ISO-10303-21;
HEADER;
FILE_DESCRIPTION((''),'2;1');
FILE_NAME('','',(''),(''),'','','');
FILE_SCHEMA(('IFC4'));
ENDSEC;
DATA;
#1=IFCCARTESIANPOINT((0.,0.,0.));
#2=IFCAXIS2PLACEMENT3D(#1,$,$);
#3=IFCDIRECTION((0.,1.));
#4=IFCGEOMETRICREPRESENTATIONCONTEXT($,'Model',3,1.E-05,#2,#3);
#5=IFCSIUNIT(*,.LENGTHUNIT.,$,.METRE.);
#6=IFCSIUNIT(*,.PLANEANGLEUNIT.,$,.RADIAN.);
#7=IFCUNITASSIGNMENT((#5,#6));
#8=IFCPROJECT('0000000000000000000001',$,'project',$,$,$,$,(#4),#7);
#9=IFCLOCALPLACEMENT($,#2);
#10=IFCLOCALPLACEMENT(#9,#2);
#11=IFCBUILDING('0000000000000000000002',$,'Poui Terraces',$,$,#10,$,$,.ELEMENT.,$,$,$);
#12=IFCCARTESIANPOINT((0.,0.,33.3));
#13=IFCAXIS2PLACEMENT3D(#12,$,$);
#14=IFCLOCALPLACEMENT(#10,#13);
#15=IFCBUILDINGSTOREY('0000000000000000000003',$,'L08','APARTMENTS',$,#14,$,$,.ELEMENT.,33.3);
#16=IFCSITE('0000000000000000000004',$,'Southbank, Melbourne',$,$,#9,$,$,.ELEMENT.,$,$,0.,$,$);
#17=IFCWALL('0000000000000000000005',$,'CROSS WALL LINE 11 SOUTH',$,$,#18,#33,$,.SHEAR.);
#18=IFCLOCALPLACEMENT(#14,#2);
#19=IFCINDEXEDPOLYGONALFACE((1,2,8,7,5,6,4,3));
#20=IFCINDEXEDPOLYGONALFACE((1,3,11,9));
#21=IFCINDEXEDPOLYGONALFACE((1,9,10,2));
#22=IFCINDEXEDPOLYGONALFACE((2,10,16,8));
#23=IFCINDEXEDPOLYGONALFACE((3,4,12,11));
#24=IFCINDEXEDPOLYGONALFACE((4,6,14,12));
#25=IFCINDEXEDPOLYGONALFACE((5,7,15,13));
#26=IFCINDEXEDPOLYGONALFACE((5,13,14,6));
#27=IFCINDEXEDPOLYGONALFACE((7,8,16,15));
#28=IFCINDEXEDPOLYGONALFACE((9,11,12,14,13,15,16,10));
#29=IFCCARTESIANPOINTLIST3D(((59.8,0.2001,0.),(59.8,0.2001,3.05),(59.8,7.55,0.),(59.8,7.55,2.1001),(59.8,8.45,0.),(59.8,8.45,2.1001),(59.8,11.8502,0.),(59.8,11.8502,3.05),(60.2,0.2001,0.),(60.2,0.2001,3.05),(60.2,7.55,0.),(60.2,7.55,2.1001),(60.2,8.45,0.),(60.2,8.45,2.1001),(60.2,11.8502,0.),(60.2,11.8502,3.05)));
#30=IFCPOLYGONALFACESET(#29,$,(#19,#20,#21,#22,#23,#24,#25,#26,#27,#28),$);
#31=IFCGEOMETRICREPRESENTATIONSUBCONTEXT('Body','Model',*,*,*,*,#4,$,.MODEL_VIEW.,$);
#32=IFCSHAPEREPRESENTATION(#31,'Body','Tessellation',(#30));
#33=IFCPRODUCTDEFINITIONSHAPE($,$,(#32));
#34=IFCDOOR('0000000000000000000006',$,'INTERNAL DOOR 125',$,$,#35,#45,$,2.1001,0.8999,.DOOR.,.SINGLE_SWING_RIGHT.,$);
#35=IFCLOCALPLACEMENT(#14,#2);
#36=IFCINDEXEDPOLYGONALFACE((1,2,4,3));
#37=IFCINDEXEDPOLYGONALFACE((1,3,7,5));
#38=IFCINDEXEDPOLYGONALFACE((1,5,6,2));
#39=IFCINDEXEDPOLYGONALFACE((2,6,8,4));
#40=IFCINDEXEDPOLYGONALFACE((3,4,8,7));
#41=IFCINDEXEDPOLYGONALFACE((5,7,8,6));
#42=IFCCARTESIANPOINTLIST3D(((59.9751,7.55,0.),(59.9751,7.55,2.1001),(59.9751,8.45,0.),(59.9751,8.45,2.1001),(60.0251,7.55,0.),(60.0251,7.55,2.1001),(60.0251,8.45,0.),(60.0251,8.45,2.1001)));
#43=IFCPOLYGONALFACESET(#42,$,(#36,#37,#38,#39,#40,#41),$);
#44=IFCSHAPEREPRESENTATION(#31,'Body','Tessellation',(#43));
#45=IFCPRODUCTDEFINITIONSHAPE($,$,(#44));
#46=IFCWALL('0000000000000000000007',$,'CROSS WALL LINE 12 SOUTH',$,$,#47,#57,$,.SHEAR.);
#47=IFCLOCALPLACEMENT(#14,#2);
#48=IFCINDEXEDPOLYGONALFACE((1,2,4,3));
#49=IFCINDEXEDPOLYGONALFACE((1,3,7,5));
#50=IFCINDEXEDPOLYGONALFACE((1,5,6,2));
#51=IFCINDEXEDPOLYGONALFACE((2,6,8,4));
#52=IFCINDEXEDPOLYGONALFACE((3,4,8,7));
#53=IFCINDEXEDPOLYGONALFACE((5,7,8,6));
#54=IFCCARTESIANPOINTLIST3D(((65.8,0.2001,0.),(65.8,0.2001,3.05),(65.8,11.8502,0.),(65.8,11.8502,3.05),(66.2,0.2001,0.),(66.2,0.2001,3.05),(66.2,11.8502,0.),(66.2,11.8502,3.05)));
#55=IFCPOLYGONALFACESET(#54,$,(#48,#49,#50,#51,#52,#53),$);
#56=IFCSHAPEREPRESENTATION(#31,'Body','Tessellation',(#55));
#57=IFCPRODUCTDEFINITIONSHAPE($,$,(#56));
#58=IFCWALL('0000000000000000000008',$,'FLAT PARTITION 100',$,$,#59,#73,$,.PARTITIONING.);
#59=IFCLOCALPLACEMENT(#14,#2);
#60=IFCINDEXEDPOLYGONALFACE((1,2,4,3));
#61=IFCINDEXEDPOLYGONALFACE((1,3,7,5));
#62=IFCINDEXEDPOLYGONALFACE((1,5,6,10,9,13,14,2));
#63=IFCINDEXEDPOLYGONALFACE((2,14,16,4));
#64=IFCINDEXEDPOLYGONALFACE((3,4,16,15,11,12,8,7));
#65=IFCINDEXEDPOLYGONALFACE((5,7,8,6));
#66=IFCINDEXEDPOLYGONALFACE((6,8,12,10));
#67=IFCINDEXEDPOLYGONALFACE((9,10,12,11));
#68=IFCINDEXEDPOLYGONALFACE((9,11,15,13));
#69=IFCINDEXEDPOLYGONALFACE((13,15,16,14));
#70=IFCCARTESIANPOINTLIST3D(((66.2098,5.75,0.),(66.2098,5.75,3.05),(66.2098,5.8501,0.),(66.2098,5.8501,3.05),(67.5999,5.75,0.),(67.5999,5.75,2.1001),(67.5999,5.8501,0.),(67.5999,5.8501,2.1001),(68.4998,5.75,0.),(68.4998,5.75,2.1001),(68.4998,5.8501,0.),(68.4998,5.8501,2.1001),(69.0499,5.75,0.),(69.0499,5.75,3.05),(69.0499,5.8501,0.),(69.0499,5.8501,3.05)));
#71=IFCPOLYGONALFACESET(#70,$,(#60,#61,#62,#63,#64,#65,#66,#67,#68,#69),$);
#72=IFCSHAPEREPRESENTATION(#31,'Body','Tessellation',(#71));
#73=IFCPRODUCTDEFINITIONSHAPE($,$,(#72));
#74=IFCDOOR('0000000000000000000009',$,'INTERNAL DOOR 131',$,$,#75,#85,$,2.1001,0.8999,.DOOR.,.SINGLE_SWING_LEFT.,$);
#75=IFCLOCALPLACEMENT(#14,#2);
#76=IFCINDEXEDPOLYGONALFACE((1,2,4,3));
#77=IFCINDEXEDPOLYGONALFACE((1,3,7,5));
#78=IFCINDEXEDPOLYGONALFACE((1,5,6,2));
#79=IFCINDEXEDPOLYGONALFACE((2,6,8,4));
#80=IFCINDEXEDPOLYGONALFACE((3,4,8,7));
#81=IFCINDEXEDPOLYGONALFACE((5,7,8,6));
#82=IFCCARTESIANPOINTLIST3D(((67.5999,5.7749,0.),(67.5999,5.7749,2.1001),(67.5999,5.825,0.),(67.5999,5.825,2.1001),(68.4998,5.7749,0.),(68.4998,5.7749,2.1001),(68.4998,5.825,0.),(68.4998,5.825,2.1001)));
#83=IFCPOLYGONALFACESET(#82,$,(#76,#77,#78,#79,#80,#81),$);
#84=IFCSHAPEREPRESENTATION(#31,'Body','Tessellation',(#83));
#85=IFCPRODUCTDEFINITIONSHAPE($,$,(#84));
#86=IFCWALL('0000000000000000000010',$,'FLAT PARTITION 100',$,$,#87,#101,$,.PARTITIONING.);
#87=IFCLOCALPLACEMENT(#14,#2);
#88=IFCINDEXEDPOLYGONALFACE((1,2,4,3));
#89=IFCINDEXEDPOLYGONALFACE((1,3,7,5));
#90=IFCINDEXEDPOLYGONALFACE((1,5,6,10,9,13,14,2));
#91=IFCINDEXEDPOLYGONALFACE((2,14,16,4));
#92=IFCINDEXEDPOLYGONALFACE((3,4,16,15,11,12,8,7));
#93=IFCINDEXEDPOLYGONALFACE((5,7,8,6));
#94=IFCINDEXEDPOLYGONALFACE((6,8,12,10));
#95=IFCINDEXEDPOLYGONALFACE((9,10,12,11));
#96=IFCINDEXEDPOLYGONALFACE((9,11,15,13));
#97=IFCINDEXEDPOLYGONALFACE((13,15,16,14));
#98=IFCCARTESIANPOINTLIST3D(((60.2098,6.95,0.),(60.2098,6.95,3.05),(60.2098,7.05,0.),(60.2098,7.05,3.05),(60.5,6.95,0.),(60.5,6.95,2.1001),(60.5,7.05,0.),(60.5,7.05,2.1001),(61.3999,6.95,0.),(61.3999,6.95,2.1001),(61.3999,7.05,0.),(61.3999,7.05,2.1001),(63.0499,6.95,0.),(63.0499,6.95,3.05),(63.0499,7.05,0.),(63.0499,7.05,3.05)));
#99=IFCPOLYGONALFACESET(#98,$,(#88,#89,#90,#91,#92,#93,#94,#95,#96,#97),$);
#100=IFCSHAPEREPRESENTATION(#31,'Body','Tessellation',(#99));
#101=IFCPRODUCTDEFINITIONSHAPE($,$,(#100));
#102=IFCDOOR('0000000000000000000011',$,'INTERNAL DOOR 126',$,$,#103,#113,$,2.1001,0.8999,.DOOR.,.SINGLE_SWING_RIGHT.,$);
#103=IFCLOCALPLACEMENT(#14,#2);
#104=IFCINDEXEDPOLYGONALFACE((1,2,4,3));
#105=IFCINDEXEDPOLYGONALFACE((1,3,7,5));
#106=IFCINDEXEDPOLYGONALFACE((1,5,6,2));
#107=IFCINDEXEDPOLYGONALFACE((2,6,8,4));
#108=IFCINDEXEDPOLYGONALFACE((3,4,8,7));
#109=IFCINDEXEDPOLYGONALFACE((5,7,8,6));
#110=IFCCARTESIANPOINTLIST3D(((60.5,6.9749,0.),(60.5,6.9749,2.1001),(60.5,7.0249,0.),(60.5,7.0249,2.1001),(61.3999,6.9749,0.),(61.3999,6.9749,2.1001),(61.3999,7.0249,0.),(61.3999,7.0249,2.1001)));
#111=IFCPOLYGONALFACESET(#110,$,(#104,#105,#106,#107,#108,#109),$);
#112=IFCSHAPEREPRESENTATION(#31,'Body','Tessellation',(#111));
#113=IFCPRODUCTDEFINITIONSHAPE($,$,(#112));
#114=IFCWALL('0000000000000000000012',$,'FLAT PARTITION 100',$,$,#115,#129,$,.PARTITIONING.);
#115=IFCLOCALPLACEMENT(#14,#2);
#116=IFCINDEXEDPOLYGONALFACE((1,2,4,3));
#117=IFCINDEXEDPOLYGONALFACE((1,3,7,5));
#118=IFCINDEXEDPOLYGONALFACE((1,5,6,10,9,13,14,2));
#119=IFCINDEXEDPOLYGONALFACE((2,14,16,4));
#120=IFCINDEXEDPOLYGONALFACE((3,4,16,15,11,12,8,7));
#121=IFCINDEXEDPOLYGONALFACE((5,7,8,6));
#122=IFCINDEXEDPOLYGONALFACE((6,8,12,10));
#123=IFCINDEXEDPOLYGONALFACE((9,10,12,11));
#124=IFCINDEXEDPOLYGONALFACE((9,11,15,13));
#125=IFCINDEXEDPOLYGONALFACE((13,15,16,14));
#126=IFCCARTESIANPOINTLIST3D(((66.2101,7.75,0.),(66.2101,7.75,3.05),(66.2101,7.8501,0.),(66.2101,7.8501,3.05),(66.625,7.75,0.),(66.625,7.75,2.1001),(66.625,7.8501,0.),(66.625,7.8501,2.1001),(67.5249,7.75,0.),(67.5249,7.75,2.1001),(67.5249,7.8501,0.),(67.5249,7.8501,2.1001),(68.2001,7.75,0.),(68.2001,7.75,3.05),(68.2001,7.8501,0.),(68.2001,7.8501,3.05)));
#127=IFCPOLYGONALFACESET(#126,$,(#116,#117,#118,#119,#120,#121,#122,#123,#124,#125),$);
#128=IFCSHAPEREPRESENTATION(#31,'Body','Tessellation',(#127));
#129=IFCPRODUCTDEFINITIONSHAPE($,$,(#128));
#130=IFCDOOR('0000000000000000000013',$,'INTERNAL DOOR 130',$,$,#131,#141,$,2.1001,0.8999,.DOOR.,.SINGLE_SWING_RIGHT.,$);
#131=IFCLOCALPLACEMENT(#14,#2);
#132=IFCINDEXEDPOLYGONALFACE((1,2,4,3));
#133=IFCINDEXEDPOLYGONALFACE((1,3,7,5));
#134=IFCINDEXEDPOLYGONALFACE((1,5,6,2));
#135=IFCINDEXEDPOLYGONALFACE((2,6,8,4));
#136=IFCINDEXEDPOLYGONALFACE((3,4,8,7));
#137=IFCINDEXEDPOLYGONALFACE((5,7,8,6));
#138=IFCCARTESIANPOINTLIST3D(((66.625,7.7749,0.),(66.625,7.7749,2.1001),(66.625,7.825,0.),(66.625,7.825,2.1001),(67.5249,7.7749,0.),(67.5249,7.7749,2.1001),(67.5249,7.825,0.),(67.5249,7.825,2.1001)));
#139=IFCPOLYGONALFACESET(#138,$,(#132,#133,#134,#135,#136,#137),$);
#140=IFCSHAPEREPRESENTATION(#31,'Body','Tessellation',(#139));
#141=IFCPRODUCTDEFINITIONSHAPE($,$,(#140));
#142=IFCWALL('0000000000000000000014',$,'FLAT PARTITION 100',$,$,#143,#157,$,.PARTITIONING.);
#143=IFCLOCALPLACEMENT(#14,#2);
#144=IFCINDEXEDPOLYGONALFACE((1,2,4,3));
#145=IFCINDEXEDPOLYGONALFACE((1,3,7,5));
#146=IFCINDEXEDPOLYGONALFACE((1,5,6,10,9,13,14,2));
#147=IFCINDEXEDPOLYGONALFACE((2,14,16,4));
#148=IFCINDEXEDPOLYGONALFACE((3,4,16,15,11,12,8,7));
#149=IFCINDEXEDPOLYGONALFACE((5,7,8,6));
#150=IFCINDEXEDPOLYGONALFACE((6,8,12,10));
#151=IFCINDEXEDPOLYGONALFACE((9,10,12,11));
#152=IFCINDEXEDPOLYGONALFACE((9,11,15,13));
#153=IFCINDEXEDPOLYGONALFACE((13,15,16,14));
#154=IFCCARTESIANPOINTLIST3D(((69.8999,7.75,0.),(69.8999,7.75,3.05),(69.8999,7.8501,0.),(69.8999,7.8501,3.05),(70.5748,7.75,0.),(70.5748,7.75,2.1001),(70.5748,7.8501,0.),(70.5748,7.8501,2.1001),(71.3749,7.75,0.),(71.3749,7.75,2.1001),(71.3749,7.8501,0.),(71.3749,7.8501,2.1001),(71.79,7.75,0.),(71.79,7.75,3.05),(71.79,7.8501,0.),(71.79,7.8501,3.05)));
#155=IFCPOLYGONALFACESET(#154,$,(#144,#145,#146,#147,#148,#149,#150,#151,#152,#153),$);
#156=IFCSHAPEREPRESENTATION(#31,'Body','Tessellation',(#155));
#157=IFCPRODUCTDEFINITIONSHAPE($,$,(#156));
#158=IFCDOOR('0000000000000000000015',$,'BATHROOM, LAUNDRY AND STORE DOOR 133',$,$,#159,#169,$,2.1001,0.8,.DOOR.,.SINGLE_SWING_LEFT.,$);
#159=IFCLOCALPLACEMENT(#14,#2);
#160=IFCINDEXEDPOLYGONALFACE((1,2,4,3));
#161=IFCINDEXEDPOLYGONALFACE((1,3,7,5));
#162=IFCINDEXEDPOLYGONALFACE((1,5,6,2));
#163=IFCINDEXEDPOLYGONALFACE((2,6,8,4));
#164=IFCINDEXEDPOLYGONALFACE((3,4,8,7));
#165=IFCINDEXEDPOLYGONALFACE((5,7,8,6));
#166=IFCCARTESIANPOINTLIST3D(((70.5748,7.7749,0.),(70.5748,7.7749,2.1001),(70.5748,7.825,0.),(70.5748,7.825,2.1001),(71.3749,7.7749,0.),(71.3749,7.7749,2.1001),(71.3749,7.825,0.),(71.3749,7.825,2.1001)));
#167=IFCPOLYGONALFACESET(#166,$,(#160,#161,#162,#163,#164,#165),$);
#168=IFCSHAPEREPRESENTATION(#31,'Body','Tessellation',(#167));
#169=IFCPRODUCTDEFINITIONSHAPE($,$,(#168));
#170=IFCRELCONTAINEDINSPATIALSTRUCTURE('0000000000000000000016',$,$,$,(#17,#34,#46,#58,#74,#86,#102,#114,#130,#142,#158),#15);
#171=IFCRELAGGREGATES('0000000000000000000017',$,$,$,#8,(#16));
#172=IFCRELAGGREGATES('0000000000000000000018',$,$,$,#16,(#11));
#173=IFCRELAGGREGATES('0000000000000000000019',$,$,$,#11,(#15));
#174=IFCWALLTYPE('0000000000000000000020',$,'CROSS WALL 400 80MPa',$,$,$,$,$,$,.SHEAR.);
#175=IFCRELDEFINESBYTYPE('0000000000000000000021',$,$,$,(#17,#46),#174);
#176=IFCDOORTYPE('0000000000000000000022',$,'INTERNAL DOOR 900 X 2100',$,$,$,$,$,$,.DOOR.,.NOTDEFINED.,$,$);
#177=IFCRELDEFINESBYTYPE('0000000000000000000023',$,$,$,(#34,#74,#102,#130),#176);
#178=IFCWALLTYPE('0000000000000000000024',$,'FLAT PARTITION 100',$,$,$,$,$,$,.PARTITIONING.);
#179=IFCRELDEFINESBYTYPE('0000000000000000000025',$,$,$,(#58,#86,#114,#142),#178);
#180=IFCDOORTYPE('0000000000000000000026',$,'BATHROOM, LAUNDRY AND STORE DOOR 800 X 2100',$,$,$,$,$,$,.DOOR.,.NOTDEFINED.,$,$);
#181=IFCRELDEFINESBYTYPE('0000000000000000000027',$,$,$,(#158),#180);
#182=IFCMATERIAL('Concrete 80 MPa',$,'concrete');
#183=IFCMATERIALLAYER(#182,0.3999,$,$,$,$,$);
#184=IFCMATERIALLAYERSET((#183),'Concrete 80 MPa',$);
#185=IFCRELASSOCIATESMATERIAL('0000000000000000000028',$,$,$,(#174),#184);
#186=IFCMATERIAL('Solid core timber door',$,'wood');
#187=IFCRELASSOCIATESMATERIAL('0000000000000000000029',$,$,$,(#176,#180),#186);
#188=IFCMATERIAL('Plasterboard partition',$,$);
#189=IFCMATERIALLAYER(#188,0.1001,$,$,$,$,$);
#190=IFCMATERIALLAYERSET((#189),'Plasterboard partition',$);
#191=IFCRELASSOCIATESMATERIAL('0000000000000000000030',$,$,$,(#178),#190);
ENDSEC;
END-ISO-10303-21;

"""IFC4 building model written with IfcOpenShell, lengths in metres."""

from ifc_helpers import new_model, si_unit, direction, frame, frame_2d, origin, place, context, subcontext, project, spatial, rectangle, extrude, material, layer, layer_set, type_object, element, fill, save


model = new_model("IFC4")

# Units and contexts
model_context = context("Model", 3, precision=1e-05, world=origin(), true_north=direction((0.0, 1.0)))
body_context = subcontext(model_context, "Body", "Model", "MODEL_VIEW")
ifc_project = project(units=[si_unit("LENGTHUNIT", "METRE"), si_unit("PLANEANGLEUNIT", "RADIAN")], contexts=[model_context])

# Site, building, storey
site_placement = place(None, origin())
site = spatial("IfcSite", under=ifc_project, at=site_placement, Name="Southbank, Melbourne", CompositionType="ELEMENT", RefElevation=0.0)
building_placement = place(site_placement, origin())
building = spatial("IfcBuilding", under=site, at=building_placement, Name="Poui Terraces", CompositionType="ELEMENT")
storey_placement = place(building_placement, frame((0.0, 0.0, 33.3)))
storey = spatial("IfcBuildingStorey", under=building, at=storey_placement, Name="L08", Description="APARTMENTS", CompositionType="ELEMENT", Elevation=33.3)

# Wall, opening, door
ifc_material_1 = material(Name="Concrete 80 MPa", Category="concrete")
ifc_layer_1 = layer(ifc_material_1, 0.3999)
ifc_layer_set_1 = layer_set([ifc_layer_1], Name="Concrete 80 MPa")
wall_type_1 = type_object("IfcWallType", Name="CROSS WALL 400 80MPa", PredefinedType="SHEAR", material=ifc_layer_set_1)
wall_1_placement = place(storey_placement, frame((60.0, 0.2, 0.0), z_axis=(0.0, 0.0, 1.0), x_axis=(0.0, 1.0, 0.0)))
wall_1 = element("IfcWall", 1, at=wall_1_placement, inside=storey, type_object=wall_type_1, Name="CROSS WALL LINE 11 SOUTH", PredefinedType="SHEAR", context=body_context, shape_type="SweptSolid", body=[
    extrude(rectangle(XDim=11.6501, YDim=0.3999, at=frame_2d((5.8252, 0.0))), origin(), (0.0, 0.0, 1.0), 3.05),
])
opening_1_placement = place(wall_1_placement, frame((7.3501, 0.0, 0.0)))
opening_1 = element("IfcOpeningElement", 2, at=opening_1_placement, cuts=wall_1, PredefinedType="OPENING", context=body_context, shape_type="SweptSolid", body=[
    extrude(rectangle(XDim=0.8999, YDim=2.1001, at=frame_2d((0.45, 1.05))), frame((0.0, 0.21, 0.0), z_axis=(0.0, -1.0, 0.0), x_axis=(1.0, 0.0, 0.0)), (0.0, 0.0, 1.0), 0.4199),
])
ifc_material_2 = material(Name="Solid core timber door", Category="wood")
door_type_1 = type_object("IfcDoorType", Name="INTERNAL DOOR 900 X 2100", OperationType="NOTDEFINED", PredefinedType="DOOR", material=ifc_material_2)
door_1_placement = place(opening_1_placement, origin())
door_1 = element("IfcDoor", 3, at=door_1_placement, inside=storey, type_object=door_type_1, Name="INTERNAL DOOR 125", OperationType="SINGLE_SWING_RIGHT", OverallHeight=2.1001, OverallWidth=0.8999, PredefinedType="DOOR", context=body_context, shape_type="SweptSolid", body=[
    extrude(rectangle(XDim=0.8999, YDim=2.1001, at=frame_2d((0.45, 1.05))), frame((0.0, 0.0249, 0.0), z_axis=(0.0, -1.0, 0.0), x_axis=(1.0, 0.0, 0.0)), (0.0, 0.0, 1.0), 0.05),
])
fill(opening_1, door_1)

# Wall
wall_2_placement = place(storey_placement, frame((66.0, 0.2, 0.0), z_axis=(0.0, 0.0, 1.0), x_axis=(0.0, 1.0, 0.0)))
element("IfcWall", 4, at=wall_2_placement, inside=storey, type_object=wall_type_1, Name="CROSS WALL LINE 12 SOUTH", PredefinedType="SHEAR", context=body_context, shape_type="SweptSolid", body=[
    extrude(rectangle(XDim=11.6501, YDim=0.3999, at=frame_2d((5.8252, 0.0))), origin(), (0.0, 0.0, 1.0), 3.05),
])

# Walls, openings, doors
ifc_material_3 = material(Name="Plasterboard partition")
ifc_layer_2 = layer(ifc_material_3, 0.1001)
ifc_layer_set_2 = layer_set([ifc_layer_2], Name="Plasterboard partition")
wall_type_2 = type_object("IfcWallType", Name="FLAT PARTITION 100", PredefinedType="PARTITIONING", material=ifc_layer_set_2)
wall_3_placement = place(storey_placement, frame((66.21, 5.8, 0.0), z_axis=(0.0, 0.0, 1.0), x_axis=(1.0, 0.0, 0.0)))
wall_3 = element("IfcWall", 5, at=wall_3_placement, inside=storey, type_object=wall_type_2, Name="FLAT PARTITION 100", PredefinedType="PARTITIONING", context=body_context, shape_type="SweptSolid", body=[
    extrude(rectangle(XDim=2.8401, YDim=0.1001, at=frame_2d((1.4199, 0.0))), origin(), (0.0, 0.0, 1.0), 3.05),
])
opening_2_placement = place(wall_3_placement, frame((1.3899, 0.0, 0.0)))
opening_2 = element("IfcOpeningElement", 6, at=opening_2_placement, cuts=wall_3, PredefinedType="OPENING", context=body_context, shape_type="SweptSolid", body=[
    extrude(rectangle(XDim=0.8999, YDim=2.1001, at=frame_2d((0.45, 1.05))), frame((0.0, 0.0601, 0.0), z_axis=(0.0, -1.0, 0.0), x_axis=(1.0, 0.0, 0.0)), (0.0, 0.0, 1.0), 0.1201),
])
door_2_placement = place(opening_2_placement, origin())
door_2 = element("IfcDoor", 7, at=door_2_placement, inside=storey, type_object=door_type_1, Name="INTERNAL DOOR 131", OperationType="SINGLE_SWING_LEFT", OverallHeight=2.1001, OverallWidth=0.8999, PredefinedType="DOOR", context=body_context, shape_type="SweptSolid", body=[
    extrude(rectangle(XDim=0.8999, YDim=2.1001, at=frame_2d((0.45, 1.05))), frame((0.0, 0.0249, 0.0), z_axis=(0.0, -1.0, 0.0), x_axis=(1.0, 0.0, 0.0)), (0.0, 0.0, 1.0), 0.05),
])
fill(opening_2, door_2)
wall_4_placement = place(storey_placement, frame((60.21, 7.0, 0.0), z_axis=(0.0, 0.0, 1.0), x_axis=(1.0, 0.0, 0.0)))
wall_4 = element("IfcWall", 8, at=wall_4_placement, inside=storey, type_object=wall_type_2, Name="FLAT PARTITION 100", PredefinedType="PARTITIONING", context=body_context, shape_type="SweptSolid", body=[
    extrude(rectangle(XDim=2.8401, YDim=0.1001, at=frame_2d((1.4199, 0.0))), origin(), (0.0, 0.0, 1.0), 3.05),
])
opening_3_placement = place(wall_4_placement, frame((0.29, 0.0, 0.0)))
opening_3 = element("IfcOpeningElement", 9, at=opening_3_placement, cuts=wall_4, PredefinedType="OPENING", context=body_context, shape_type="SweptSolid", body=[
    extrude(rectangle(XDim=0.8999, YDim=2.1001, at=frame_2d((0.45, 1.05))), frame((0.0, 0.0601, 0.0), z_axis=(0.0, -1.0, 0.0), x_axis=(1.0, 0.0, 0.0)), (0.0, 0.0, 1.0), 0.1201),
])
door_3_placement = place(opening_3_placement, origin())
door_3 = element("IfcDoor", 10, at=door_3_placement, inside=storey, type_object=door_type_1, Name="INTERNAL DOOR 126", OperationType="SINGLE_SWING_RIGHT", OverallHeight=2.1001, OverallWidth=0.8999, PredefinedType="DOOR", context=body_context, shape_type="SweptSolid", body=[
    extrude(rectangle(XDim=0.8999, YDim=2.1001, at=frame_2d((0.45, 1.05))), frame((0.0, 0.0249, 0.0), z_axis=(0.0, -1.0, 0.0), x_axis=(1.0, 0.0, 0.0)), (0.0, 0.0, 1.0), 0.05),
])
fill(opening_3, door_3)
wall_5_placement = place(storey_placement, frame((66.21, 7.8, 0.0), z_axis=(0.0, 0.0, 1.0), x_axis=(1.0, 0.0, 0.0)))
wall_5 = element("IfcWall", 11, at=wall_5_placement, inside=storey, type_object=wall_type_2, Name="FLAT PARTITION 100", PredefinedType="PARTITIONING", context=body_context, shape_type="SweptSolid", body=[
    extrude(rectangle(XDim=1.99, YDim=0.1001, at=frame_2d((0.9951, 0.0))), origin(), (0.0, 0.0, 1.0), 3.05),
])
opening_4_placement = place(wall_5_placement, frame((0.415, 0.0, 0.0)))
opening_4 = element("IfcOpeningElement", 12, at=opening_4_placement, cuts=wall_5, PredefinedType="OPENING", context=body_context, shape_type="SweptSolid", body=[
    extrude(rectangle(XDim=0.8999, YDim=2.1001, at=frame_2d((0.45, 1.05))), frame((0.0, 0.0601, 0.0), z_axis=(0.0, -1.0, 0.0), x_axis=(1.0, 0.0, 0.0)), (0.0, 0.0, 1.0), 0.1201),
])
door_4_placement = place(opening_4_placement, origin())
door_4 = element("IfcDoor", 13, at=door_4_placement, inside=storey, type_object=door_type_1, Name="INTERNAL DOOR 130", OperationType="SINGLE_SWING_RIGHT", OverallHeight=2.1001, OverallWidth=0.8999, PredefinedType="DOOR", context=body_context, shape_type="SweptSolid", body=[
    extrude(rectangle(XDim=0.8999, YDim=2.1001, at=frame_2d((0.45, 1.05))), frame((0.0, 0.0249, 0.0), z_axis=(0.0, -1.0, 0.0), x_axis=(1.0, 0.0, 0.0)), (0.0, 0.0, 1.0), 0.05),
])
fill(opening_4, door_4)
wall_6_placement = place(storey_placement, frame((69.8999, 7.8, 0.0), z_axis=(0.0, 0.0, 1.0), x_axis=(1.0, 0.0, 0.0)))
wall_6 = element("IfcWall", 14, at=wall_6_placement, inside=storey, type_object=wall_type_2, Name="FLAT PARTITION 100", PredefinedType="PARTITIONING", context=body_context, shape_type="SweptSolid", body=[
    extrude(rectangle(XDim=1.8901, YDim=0.1001, at=frame_2d((0.9451, 0.0))), origin(), (0.0, 0.0, 1.0), 3.05),
])
opening_5_placement = place(wall_6_placement, frame((0.675, 0.0, 0.0)))
opening_5 = element("IfcOpeningElement", 15, at=opening_5_placement, cuts=wall_6, PredefinedType="OPENING", context=body_context, shape_type="SweptSolid", body=[
    extrude(rectangle(XDim=0.8, YDim=2.1001, at=frame_2d((0.3999, 1.05))), frame((0.0, 0.0601, 0.0), z_axis=(0.0, -1.0, 0.0), x_axis=(1.0, 0.0, 0.0)), (0.0, 0.0, 1.0), 0.1201),
])
door_type_2 = type_object("IfcDoorType", Name="BATHROOM, LAUNDRY AND STORE DOOR 800 X 2100", OperationType="NOTDEFINED", PredefinedType="DOOR", material=ifc_material_2)
door_5_placement = place(opening_5_placement, origin())
door_5 = element("IfcDoor", 16, at=door_5_placement, inside=storey, type_object=door_type_2, Name="BATHROOM, LAUNDRY AND STORE DOOR 133", OperationType="SINGLE_SWING_LEFT", OverallHeight=2.1001, OverallWidth=0.8, PredefinedType="DOOR", context=body_context, shape_type="SweptSolid", body=[
    extrude(rectangle(XDim=0.8, YDim=2.1001, at=frame_2d((0.3999, 1.05))), frame((0.0, 0.0249, 0.0), z_axis=(0.0, -1.0, 0.0), x_axis=(1.0, 0.0, 0.0)), (0.0, 0.0, 1.0), 0.05),
])
fill(opening_5, door_5)

save(model, "model.ifc")
